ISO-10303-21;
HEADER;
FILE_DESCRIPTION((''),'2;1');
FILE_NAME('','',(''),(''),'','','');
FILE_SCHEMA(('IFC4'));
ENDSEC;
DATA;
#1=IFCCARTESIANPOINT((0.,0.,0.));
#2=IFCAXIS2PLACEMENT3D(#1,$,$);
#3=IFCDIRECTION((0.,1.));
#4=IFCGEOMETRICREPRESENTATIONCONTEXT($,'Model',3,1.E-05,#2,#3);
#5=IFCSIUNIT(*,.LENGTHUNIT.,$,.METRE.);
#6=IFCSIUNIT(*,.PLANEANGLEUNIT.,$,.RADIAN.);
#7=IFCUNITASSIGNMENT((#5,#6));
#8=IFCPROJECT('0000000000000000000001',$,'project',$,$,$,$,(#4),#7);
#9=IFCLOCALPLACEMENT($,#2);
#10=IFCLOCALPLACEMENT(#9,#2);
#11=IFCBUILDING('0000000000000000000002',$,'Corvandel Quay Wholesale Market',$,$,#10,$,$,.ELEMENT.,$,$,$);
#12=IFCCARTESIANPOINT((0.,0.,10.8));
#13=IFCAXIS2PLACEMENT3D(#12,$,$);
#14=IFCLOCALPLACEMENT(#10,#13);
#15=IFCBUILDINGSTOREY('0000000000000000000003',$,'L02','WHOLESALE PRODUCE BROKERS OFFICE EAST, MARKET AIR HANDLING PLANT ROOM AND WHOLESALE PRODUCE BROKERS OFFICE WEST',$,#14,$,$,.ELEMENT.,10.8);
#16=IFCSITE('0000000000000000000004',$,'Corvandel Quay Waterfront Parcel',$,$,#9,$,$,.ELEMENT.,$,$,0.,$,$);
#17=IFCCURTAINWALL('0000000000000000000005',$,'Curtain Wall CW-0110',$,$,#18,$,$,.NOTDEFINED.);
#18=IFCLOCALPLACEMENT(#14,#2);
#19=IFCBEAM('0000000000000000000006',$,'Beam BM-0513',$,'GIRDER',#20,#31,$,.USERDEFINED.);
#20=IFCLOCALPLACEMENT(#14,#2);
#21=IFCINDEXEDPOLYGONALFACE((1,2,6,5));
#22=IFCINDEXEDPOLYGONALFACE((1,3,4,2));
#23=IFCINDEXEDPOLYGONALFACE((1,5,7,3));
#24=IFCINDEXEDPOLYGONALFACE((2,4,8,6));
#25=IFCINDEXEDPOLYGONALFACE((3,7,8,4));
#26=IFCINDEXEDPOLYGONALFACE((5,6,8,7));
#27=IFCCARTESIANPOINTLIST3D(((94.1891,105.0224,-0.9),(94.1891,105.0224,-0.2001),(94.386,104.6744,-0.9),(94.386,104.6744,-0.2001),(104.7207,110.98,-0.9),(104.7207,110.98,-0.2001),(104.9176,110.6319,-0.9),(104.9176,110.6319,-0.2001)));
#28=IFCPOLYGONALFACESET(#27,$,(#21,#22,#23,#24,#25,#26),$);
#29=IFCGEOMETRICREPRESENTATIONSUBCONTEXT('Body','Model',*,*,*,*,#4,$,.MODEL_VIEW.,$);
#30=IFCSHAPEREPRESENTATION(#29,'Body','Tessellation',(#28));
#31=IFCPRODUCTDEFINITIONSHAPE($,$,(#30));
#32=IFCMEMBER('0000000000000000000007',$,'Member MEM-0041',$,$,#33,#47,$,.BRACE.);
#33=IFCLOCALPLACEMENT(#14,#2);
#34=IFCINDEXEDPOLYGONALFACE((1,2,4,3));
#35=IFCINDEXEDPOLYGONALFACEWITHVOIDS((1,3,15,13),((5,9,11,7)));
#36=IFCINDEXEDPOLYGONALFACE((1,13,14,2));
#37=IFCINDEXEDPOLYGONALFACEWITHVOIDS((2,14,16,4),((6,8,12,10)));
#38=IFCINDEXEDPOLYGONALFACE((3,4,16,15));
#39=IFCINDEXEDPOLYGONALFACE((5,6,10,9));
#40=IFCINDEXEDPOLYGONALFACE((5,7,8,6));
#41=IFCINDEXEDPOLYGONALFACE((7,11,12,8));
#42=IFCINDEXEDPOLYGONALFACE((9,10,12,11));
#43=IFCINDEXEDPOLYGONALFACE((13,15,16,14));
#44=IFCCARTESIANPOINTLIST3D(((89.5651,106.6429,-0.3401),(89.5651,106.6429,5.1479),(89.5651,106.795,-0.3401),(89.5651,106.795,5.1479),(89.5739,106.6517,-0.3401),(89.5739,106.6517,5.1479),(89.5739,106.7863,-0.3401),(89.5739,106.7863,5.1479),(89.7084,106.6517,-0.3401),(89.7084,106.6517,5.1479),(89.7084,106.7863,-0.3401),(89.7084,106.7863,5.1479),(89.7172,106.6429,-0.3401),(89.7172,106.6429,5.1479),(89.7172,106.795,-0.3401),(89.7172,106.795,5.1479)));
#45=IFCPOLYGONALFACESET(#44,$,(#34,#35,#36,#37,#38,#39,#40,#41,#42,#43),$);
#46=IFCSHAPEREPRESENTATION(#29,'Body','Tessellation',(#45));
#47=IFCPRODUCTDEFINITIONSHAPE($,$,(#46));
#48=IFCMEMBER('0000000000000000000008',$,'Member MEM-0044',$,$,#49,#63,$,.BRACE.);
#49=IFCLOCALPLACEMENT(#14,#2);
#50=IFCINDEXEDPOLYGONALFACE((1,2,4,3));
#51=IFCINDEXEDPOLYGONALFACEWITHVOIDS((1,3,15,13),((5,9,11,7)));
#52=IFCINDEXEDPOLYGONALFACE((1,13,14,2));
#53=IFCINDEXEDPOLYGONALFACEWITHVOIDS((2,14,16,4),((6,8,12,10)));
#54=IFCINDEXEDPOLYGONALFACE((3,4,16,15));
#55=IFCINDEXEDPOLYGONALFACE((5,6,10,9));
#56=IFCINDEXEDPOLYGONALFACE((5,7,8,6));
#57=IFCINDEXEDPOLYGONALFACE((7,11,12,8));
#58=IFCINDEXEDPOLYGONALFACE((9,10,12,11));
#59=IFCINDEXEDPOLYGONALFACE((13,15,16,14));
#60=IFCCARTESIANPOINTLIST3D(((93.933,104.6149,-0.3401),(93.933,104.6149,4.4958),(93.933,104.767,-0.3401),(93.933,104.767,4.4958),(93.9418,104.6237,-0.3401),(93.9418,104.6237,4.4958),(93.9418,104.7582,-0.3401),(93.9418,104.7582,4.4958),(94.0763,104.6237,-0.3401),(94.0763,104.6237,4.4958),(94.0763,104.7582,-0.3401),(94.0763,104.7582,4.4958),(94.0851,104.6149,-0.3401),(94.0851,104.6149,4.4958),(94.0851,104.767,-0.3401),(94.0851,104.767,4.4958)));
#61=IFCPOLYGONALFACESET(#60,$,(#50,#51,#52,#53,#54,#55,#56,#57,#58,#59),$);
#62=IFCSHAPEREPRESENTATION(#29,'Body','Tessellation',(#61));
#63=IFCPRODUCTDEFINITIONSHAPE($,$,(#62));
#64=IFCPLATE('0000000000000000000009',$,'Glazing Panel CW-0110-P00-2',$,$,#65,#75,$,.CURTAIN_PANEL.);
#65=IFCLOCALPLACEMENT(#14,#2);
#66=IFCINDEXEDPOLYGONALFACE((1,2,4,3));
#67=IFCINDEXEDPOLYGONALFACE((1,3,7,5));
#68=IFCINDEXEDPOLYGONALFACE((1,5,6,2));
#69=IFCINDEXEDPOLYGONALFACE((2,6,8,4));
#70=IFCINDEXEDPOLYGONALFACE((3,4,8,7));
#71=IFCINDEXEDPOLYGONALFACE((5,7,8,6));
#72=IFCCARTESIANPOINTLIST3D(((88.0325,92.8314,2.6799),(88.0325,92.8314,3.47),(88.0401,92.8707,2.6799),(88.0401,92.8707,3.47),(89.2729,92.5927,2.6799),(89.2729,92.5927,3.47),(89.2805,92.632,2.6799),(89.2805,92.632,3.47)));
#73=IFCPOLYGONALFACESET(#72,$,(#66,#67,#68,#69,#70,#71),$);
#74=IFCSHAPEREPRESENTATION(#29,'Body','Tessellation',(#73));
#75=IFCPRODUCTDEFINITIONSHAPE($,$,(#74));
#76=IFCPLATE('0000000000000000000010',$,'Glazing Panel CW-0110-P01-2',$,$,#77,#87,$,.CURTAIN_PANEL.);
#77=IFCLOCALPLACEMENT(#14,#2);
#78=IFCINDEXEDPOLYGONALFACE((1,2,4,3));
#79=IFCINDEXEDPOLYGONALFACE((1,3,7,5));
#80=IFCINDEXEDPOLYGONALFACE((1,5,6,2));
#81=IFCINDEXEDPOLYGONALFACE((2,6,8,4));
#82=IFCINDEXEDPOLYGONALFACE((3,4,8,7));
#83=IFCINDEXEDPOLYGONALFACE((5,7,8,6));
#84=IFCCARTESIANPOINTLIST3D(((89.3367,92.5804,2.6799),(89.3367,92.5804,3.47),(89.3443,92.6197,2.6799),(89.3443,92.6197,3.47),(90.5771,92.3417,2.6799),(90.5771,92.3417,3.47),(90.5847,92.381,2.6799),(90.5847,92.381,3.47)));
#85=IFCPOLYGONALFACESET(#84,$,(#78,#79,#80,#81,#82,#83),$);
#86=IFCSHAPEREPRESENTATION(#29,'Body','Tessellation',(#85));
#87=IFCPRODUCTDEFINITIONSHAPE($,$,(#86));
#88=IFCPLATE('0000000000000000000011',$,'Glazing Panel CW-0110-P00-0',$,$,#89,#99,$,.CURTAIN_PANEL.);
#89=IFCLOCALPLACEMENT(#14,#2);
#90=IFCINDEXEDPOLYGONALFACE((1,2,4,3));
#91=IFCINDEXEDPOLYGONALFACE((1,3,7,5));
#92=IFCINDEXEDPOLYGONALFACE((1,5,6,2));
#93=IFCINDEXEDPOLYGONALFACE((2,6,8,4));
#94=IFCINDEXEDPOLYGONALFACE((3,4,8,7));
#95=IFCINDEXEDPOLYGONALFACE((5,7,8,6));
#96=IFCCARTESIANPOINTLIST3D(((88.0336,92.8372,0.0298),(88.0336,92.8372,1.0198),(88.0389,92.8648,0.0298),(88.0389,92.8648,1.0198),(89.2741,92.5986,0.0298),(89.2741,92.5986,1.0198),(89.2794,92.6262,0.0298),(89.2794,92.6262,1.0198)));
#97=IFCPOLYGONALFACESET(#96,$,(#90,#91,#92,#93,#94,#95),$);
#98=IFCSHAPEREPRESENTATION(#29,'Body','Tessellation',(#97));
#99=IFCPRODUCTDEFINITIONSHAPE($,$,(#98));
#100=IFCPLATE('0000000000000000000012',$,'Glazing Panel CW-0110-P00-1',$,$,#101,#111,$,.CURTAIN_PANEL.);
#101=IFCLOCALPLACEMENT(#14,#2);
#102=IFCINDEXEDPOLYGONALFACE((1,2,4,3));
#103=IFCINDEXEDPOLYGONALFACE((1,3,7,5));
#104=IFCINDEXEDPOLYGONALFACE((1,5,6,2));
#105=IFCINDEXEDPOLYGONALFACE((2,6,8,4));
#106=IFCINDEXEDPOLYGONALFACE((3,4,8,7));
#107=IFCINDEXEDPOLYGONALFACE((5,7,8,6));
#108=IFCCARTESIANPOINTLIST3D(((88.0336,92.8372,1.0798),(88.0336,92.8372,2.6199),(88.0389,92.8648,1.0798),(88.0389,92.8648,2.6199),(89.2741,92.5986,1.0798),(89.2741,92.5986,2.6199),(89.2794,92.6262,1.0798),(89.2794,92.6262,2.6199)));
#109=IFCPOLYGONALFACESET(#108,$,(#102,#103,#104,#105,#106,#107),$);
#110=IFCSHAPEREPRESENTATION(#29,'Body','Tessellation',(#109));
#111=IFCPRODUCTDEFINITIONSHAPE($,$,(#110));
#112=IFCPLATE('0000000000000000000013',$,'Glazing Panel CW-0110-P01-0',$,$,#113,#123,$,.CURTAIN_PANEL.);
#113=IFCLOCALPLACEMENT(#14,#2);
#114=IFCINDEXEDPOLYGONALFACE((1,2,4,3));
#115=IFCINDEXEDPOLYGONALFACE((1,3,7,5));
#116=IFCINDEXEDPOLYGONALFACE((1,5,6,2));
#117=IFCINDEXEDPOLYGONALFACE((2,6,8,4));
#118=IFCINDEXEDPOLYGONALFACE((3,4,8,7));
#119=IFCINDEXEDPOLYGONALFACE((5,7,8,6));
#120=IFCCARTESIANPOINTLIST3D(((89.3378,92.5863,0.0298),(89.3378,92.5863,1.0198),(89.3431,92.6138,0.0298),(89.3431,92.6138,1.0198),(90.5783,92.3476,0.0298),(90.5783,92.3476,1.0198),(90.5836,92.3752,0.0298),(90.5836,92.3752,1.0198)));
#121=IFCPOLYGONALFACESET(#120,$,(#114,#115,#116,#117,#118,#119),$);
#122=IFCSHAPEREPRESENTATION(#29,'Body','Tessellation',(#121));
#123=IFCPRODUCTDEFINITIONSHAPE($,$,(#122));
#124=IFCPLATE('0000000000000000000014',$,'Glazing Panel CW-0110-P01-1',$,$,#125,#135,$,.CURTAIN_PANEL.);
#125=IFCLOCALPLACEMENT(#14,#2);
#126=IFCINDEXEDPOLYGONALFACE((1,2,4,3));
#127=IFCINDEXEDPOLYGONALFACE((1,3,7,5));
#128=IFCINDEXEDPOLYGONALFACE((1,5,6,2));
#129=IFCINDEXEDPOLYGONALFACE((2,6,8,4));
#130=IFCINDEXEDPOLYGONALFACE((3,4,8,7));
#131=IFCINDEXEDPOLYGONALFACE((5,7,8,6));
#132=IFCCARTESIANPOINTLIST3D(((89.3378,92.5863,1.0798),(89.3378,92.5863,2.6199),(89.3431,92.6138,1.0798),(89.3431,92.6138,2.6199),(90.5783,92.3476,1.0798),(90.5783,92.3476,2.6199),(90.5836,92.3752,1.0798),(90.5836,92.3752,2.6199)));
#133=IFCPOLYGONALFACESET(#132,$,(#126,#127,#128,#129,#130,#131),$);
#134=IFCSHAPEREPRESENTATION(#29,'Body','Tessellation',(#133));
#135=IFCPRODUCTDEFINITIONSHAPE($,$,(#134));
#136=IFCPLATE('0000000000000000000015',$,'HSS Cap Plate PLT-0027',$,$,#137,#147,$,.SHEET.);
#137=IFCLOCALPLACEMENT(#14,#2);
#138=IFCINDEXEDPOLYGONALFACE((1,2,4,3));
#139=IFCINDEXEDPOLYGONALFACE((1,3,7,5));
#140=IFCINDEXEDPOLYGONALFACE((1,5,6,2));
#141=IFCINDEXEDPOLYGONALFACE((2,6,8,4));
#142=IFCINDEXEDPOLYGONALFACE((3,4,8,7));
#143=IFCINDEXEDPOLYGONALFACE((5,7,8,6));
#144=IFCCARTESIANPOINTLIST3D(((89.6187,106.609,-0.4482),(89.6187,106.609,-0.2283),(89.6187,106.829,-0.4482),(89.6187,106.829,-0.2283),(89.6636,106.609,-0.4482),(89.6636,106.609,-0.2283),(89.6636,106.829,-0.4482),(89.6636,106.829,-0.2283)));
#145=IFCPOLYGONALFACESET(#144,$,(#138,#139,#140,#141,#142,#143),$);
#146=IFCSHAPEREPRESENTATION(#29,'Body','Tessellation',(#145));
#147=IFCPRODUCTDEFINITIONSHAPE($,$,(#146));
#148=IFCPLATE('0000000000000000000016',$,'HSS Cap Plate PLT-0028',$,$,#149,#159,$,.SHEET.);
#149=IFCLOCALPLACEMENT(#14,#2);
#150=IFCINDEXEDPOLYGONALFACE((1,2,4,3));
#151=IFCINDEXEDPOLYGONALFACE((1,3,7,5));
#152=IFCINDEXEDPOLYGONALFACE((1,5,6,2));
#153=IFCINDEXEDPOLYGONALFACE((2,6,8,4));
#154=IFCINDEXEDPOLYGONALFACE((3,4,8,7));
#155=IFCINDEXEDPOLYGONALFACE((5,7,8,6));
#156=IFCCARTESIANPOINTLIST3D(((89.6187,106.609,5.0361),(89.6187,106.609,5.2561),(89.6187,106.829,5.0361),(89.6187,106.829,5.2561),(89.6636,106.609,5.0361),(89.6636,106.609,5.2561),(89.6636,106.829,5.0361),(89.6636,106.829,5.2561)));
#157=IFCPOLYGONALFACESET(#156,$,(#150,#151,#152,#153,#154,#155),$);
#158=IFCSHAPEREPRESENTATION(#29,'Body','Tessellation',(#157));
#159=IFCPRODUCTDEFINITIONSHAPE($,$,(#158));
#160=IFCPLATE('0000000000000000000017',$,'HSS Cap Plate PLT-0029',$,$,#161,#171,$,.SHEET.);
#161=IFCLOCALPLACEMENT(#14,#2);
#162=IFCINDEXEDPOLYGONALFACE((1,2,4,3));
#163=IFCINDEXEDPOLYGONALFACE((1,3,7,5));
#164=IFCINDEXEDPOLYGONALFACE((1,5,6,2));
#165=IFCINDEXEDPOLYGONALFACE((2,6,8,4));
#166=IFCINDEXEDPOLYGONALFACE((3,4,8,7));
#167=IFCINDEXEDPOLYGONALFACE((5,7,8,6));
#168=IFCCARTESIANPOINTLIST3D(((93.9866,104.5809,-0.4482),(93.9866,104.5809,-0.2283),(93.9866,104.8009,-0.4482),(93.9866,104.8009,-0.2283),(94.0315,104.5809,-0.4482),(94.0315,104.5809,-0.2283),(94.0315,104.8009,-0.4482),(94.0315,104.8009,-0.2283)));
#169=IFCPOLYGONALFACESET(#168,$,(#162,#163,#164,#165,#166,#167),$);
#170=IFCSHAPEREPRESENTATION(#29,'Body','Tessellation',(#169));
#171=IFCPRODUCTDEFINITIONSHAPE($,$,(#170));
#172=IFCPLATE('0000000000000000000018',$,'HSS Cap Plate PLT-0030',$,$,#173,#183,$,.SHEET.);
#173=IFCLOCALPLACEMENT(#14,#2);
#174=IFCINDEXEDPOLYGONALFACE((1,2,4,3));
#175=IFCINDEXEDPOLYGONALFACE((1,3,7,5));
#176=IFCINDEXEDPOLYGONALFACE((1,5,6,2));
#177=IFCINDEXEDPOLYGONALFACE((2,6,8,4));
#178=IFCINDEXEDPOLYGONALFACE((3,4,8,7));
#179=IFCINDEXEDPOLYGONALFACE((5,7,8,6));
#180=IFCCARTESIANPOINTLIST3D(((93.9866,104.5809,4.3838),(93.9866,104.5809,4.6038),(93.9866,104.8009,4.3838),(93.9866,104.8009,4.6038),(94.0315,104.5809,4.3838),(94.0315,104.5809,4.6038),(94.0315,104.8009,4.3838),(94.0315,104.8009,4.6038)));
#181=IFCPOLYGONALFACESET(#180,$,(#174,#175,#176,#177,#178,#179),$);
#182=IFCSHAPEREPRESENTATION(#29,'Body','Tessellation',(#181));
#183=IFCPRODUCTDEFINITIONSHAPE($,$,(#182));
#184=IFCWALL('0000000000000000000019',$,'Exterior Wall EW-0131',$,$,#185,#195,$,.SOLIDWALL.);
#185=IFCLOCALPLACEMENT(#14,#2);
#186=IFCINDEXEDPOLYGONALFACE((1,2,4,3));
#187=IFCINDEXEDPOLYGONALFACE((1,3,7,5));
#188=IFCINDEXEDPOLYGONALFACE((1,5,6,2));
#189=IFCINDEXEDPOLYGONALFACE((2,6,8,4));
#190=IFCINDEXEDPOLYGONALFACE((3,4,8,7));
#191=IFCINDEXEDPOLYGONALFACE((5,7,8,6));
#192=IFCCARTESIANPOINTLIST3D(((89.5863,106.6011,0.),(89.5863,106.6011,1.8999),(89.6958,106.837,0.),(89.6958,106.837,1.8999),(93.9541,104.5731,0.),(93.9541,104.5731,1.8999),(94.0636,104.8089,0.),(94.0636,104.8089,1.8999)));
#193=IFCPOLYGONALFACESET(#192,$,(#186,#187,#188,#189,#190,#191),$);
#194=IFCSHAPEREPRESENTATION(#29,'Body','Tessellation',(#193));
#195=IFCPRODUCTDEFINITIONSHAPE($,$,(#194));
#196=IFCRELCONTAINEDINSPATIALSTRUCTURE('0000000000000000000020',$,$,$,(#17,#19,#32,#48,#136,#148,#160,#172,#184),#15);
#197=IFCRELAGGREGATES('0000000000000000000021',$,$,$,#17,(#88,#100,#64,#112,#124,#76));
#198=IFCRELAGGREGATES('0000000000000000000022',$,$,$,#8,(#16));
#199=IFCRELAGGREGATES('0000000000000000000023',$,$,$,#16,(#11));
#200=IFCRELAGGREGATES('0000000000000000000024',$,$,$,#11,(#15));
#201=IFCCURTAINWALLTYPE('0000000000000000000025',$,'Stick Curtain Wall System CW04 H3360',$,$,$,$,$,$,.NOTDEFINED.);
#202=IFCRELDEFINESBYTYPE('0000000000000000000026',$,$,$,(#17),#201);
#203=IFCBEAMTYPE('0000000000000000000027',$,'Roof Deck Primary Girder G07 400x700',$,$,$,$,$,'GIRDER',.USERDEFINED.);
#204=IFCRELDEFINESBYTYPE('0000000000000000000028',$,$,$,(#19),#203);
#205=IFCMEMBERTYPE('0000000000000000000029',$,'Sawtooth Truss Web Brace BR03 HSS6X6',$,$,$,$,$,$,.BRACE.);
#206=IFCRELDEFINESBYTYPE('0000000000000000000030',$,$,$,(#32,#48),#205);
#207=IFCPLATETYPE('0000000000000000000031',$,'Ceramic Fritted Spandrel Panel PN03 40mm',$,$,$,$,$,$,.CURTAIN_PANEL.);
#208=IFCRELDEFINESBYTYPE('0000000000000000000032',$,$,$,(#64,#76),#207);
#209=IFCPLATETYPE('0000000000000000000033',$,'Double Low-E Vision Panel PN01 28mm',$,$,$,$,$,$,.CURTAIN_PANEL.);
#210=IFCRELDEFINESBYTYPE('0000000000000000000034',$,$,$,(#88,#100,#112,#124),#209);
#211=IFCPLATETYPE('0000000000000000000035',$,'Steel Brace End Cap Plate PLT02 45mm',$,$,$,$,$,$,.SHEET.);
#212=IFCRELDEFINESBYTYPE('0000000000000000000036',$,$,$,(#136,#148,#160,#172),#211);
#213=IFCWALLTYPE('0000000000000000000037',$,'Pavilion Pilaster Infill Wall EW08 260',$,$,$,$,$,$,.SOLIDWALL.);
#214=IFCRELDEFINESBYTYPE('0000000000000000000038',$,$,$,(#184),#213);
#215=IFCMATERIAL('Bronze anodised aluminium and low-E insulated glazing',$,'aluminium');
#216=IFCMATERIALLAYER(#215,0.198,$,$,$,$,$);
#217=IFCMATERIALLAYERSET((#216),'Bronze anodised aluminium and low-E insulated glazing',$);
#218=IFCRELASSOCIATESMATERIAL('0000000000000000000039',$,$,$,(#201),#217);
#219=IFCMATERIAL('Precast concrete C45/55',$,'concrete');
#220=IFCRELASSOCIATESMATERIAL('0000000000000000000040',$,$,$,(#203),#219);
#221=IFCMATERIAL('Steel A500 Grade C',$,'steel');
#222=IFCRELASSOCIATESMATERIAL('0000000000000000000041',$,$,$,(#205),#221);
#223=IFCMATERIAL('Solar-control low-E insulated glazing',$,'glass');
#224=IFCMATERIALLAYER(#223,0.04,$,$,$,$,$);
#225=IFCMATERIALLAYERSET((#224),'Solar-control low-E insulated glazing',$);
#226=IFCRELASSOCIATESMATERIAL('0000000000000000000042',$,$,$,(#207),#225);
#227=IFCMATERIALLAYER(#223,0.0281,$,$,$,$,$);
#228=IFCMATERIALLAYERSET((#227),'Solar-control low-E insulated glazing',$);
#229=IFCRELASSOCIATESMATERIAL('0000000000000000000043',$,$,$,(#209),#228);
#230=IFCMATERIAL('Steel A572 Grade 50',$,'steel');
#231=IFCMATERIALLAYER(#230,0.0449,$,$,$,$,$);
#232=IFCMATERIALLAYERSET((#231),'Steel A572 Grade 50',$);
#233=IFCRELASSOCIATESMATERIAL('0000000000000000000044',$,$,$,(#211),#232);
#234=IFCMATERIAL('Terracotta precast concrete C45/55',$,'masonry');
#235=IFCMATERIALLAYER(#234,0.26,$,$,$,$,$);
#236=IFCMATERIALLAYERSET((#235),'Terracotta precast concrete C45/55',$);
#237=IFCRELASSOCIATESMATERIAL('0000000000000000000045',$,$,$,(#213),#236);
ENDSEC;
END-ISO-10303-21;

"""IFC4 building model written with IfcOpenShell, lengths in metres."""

from ifc_helpers import new_model, si_unit, direction, frame, frame_2d, origin, origin_2d, place, context, subcontext, project, spatial, rectangle, hollow_rectangle, extrude, material, layer, layer_set, material_profile, profile_set, type_object, element, aggregate, save


model = new_model("IFC4")

# Units and contexts
model_context = context("Model", 3, precision=1e-05, world=origin(), true_north=direction((0.0, 1.0)))
body_context = subcontext(model_context, "Body", "Model", "MODEL_VIEW")
ifc_project = project(units=[si_unit("LENGTHUNIT", "METRE"), si_unit("PLANEANGLEUNIT", "RADIAN")], contexts=[model_context])

# Site, building, storey
site_placement = place(None, origin())
site = spatial("IfcSite", under=ifc_project, at=site_placement, Name="Corvandel Quay Waterfront Parcel", CompositionType="ELEMENT", RefElevation=0.0)
building_placement = place(site_placement, origin())
building = spatial("IfcBuilding", under=site, at=building_placement, Name="Corvandel Quay Wholesale Market", CompositionType="ELEMENT")
storey_placement = place(building_placement, frame((0.0, 0.0, 10.8)))
storey = spatial("IfcBuildingStorey", under=building, at=storey_placement, Name="L02", Description="WHOLESALE PRODUCE BROKERS OFFICE EAST, MARKET AIR HANDLING PLANT ROOM AND WHOLESALE PRODUCE BROKERS OFFICE WEST", CompositionType="ELEMENT", Elevation=10.8)

# Curtain wall
ifc_material_1 = material(Name="Bronze anodised aluminium and low-E insulated glazing", Category="aluminium")
ifc_layer_1 = layer(ifc_material_1, 0.198)
ifc_layer_set_1 = layer_set([ifc_layer_1], Name="Bronze anodised aluminium and low-E insulated glazing")
curtain_wall_type = type_object("IfcCurtainWallType", Name="Stick Curtain Wall System CW04 H3360", PredefinedType="NOTDEFINED", material=ifc_layer_set_1)
curtain_wall_placement = place(storey_placement, origin())
curtain_wall = element("IfcCurtainWall", 1, at=curtain_wall_placement, inside=storey, type_object=curtain_wall_type, Name="Curtain Wall CW-0110", PredefinedType="NOTDEFINED")

# Beam
ifc_material_2 = material(Name="Precast concrete C45/55", Category="concrete")
ifc_material_profile_1 = material_profile(ifc_material_2, rectangle(XDim=0.3999, YDim=0.7, at=origin_2d()), Name="PC-GIR-400x700")
ifc_profile_set_1 = profile_set([ifc_material_profile_1], Name="Precast concrete C45/55")
beam_type_1 = type_object("IfcBeamType", Name="Roof Deck Primary Girder G07 400x700", ElementType="GIRDER", PredefinedType="USERDEFINED", material=ifc_profile_set_1)
beam_1_placement = place(storey_placement, frame((94.2876, 104.8484, -0.55), z_axis=(0.870388, 0.492366, 0.0), x_axis=(-0.492366, 0.870388, 0.0)))
element("IfcBeam", 2, at=beam_1_placement, inside=storey, type_object=beam_type_1, Name="Beam BM-0513", ObjectType="GIRDER", PredefinedType="USERDEFINED", context=body_context, shape_type="SweptSolid", body=[
    extrude(rectangle(XDim=0.3999, YDim=0.7, at=origin_2d()), origin(), (0.0, 0.0, 1.0), 12.0999),
])

# Members
ifc_material_3 = material(Name="Steel A500 Grade C", Category="steel")
ifc_material_profile_2 = material_profile(ifc_material_3, hollow_rectangle(XDim=0.1521, YDim=0.1521, WallThickness=0.0088, at=origin_2d()), Name="HSS6X6X3/8")
ifc_profile_set_2 = profile_set([ifc_material_profile_2], Name="Steel A500 Grade C")
member_type_1 = type_object("IfcMemberType", Name="Sawtooth Truss Web Brace BR03 HSS6X6", PredefinedType="BRACE", material=ifc_profile_set_2)
member_1_placement = place(storey_placement, frame((89.6411, 106.719, -0.3401), z_axis=(0.0, 0.0, 1.0), x_axis=(1.0, 0.0, 0.0)))
element("IfcMember", 3, at=member_1_placement, inside=storey, type_object=member_type_1, Name="Member MEM-0041", PredefinedType="BRACE", context=body_context, shape_type="SweptSolid", body=[
    extrude(hollow_rectangle(XDim=0.1521, YDim=0.1521, WallThickness=0.0088, at=origin_2d()), origin(), (0.0, 0.0, 1.0), 5.488),
])
member_2_placement = place(storey_placement, frame((94.009, 104.6909, -0.3401), z_axis=(0.0, 0.0, 1.0), x_axis=(1.0, 0.0, 0.0)))
element("IfcMember", 4, at=member_2_placement, inside=storey, type_object=member_type_1, Name="Member MEM-0044", PredefinedType="BRACE", context=body_context, shape_type="SweptSolid", body=[
    extrude(hollow_rectangle(XDim=0.1521, YDim=0.1521, WallThickness=0.0088, at=origin_2d()), origin(), (0.0, 0.0, 1.0), 4.8359),
])

# Plates
ifc_material_4 = material(Name="Solar-control low-E insulated glazing", Category="glass")
ifc_layer_2 = layer(ifc_material_4, 0.04)
ifc_layer_set_2 = layer_set([ifc_layer_2], Name="Solar-control low-E insulated glazing")
plate_type_1 = type_object("IfcPlateType", Name="Ceramic Fritted Spandrel Panel PN03 40mm", PredefinedType="CURTAIN_PANEL", material=ifc_layer_set_2)
plate_1_placement = place(storey_placement, frame((88.6565, 92.7317, 2.6799), z_axis=(0.0, 0.0, 1.0), x_axis=(-0.981992, 0.188924, 0.0)))
plate_1 = element("IfcPlate", 5, at=plate_1_placement, type_object=plate_type_1, Name="Glazing Panel CW-0110-P00-2", PredefinedType="CURTAIN_PANEL", context=body_context, shape_type="SweptSolid", body=[
    extrude(rectangle(XDim=1.2632, YDim=0.04, at=origin_2d()), origin(), (0.0, 0.0, 1.0), 0.79),
])
plate_2_placement = place(storey_placement, frame((89.9607, 92.4807, 2.6799), z_axis=(0.0, 0.0, 1.0), x_axis=(-0.981992, 0.188924, 0.0)))
plate_2 = element("IfcPlate", 6, at=plate_2_placement, type_object=plate_type_1, Name="Glazing Panel CW-0110-P01-2", PredefinedType="CURTAIN_PANEL", context=body_context, shape_type="SweptSolid", body=[
    extrude(rectangle(XDim=1.2632, YDim=0.04, at=origin_2d()), origin(), (0.0, 0.0, 1.0), 0.79),
])
ifc_layer_3 = layer(ifc_material_4, 0.0281)
ifc_layer_set_3 = layer_set([ifc_layer_3], Name="Solar-control low-E insulated glazing")
plate_type_2 = type_object("IfcPlateType", Name="Double Low-E Vision Panel PN01 28mm", PredefinedType="CURTAIN_PANEL", material=ifc_layer_set_3)
plate_3_placement = place(storey_placement, frame((88.6565, 92.7317, 0.0298), z_axis=(0.0, 0.0, 1.0), x_axis=(-0.981992, 0.188924, 0.0)))
plate_3 = element("IfcPlate", 7, at=plate_3_placement, type_object=plate_type_2, Name="Glazing Panel CW-0110-P00-0", PredefinedType="CURTAIN_PANEL", context=body_context, shape_type="SweptSolid", body=[
    extrude(rectangle(XDim=1.2632, YDim=0.0281, at=origin_2d()), origin(), (0.0, 0.0, 1.0), 0.99),
])
plate_4_placement = place(storey_placement, frame((88.6565, 92.7317, 1.0798), z_axis=(0.0, 0.0, 1.0), x_axis=(-0.981992, 0.188924, 0.0)))
plate_4 = element("IfcPlate", 8, at=plate_4_placement, type_object=plate_type_2, Name="Glazing Panel CW-0110-P00-1", PredefinedType="CURTAIN_PANEL", context=body_context, shape_type="SweptSolid", body=[
    extrude(rectangle(XDim=1.2632, YDim=0.0281, at=origin_2d()), origin(), (0.0, 0.0, 1.0), 1.54),
])
plate_5_placement = place(storey_placement, frame((89.9607, 92.4807, 0.0298), z_axis=(0.0, 0.0, 1.0), x_axis=(-0.981992, 0.188924, 0.0)))
plate_5 = element("IfcPlate", 9, at=plate_5_placement, type_object=plate_type_2, Name="Glazing Panel CW-0110-P01-0", PredefinedType="CURTAIN_PANEL", context=body_context, shape_type="SweptSolid", body=[
    extrude(rectangle(XDim=1.2632, YDim=0.0281, at=origin_2d()), origin(), (0.0, 0.0, 1.0), 0.99),
])
plate_6_placement = place(storey_placement, frame((89.9607, 92.4807, 1.0798), z_axis=(0.0, 0.0, 1.0), x_axis=(-0.981992, 0.188924, 0.0)))
plate_6 = element("IfcPlate", 10, at=plate_6_placement, type_object=plate_type_2, Name="Glazing Panel CW-0110-P01-1", PredefinedType="CURTAIN_PANEL", context=body_context, shape_type="SweptSolid", body=[
    extrude(rectangle(XDim=1.2632, YDim=0.0281, at=origin_2d()), origin(), (0.0, 0.0, 1.0), 1.54),
])
aggregate(curtain_wall, [plate_3, plate_4, plate_1, plate_5, plate_6, plate_2])

# Plates
ifc_material_5 = material(Name="Steel A572 Grade 50", Category="steel")
ifc_layer_4 = layer(ifc_material_5, 0.0449)
ifc_layer_set_4 = layer_set([ifc_layer_4], Name="Steel A572 Grade 50")
plate_type_3 = type_object("IfcPlateType", Name="Steel Brace End Cap Plate PLT02 45mm", PredefinedType="SHEET", material=ifc_layer_set_4)
for number, where, z_axis, x_axis, name in (
    (11, (89.6411, 106.719, -0.4482), (0.0, 0.0, 1.0), (0.0, 1.0, 0.0), "HSS Cap Plate PLT-0027"),
    (12, (89.6411, 106.719, 5.0361), (0.0, 0.0, 1.0), (0.0, 1.0, 0.0), "HSS Cap Plate PLT-0028"),
    (13, (94.009, 104.6909, -0.4482), (0.0, 0.0, 1.0), (0.0, 1.0, 0.0), "HSS Cap Plate PLT-0029"),
    (14, (94.009, 104.6909, 4.3838), (0.0, 0.0, 1.0), (0.0, 1.0, 0.0), "HSS Cap Plate PLT-0030"),
):
    element("IfcPlate", number, at=place(storey_placement, frame(where, z_axis=z_axis, x_axis=x_axis)), inside=storey, type_object=plate_type_3, Name=name, PredefinedType="SHEET", context=body_context, shape_type="SweptSolid", body=[
        extrude(rectangle(XDim=0.22, YDim=0.0449, at=origin_2d()), origin(), (0.0, 0.0, 1.0), 0.22),
    ])

# Wall
ifc_material_6 = material(Name="Terracotta precast concrete C45/55", Category="masonry")
ifc_layer_5 = layer(ifc_material_6, 0.26)
ifc_layer_set_5 = layer_set([ifc_layer_5], Name="Terracotta precast concrete C45/55")
wall_type = type_object("IfcWallType", Name="Pavilion Pilaster Infill Wall EW08 260", PredefinedType="SOLIDWALL", material=ifc_layer_set_5)
wall_1_placement = place(storey_placement, frame((89.6411, 106.719, 0.0), z_axis=(0.0, 0.0, 1.0), x_axis=(0.907, -0.421131, 0.0)))
element("IfcWall", 15, at=wall_1_placement, inside=storey, type_object=wall_type, Name="Exterior Wall EW-0131", PredefinedType="SOLIDWALL", context=body_context, shape_type="SweptSolid", body=[
    extrude(rectangle(XDim=4.8157, YDim=0.26, at=frame_2d((2.4077, 0.0))), origin(), (0.0, 0.0, 1.0), 1.8999),
])

save(model, "model.ifc")
